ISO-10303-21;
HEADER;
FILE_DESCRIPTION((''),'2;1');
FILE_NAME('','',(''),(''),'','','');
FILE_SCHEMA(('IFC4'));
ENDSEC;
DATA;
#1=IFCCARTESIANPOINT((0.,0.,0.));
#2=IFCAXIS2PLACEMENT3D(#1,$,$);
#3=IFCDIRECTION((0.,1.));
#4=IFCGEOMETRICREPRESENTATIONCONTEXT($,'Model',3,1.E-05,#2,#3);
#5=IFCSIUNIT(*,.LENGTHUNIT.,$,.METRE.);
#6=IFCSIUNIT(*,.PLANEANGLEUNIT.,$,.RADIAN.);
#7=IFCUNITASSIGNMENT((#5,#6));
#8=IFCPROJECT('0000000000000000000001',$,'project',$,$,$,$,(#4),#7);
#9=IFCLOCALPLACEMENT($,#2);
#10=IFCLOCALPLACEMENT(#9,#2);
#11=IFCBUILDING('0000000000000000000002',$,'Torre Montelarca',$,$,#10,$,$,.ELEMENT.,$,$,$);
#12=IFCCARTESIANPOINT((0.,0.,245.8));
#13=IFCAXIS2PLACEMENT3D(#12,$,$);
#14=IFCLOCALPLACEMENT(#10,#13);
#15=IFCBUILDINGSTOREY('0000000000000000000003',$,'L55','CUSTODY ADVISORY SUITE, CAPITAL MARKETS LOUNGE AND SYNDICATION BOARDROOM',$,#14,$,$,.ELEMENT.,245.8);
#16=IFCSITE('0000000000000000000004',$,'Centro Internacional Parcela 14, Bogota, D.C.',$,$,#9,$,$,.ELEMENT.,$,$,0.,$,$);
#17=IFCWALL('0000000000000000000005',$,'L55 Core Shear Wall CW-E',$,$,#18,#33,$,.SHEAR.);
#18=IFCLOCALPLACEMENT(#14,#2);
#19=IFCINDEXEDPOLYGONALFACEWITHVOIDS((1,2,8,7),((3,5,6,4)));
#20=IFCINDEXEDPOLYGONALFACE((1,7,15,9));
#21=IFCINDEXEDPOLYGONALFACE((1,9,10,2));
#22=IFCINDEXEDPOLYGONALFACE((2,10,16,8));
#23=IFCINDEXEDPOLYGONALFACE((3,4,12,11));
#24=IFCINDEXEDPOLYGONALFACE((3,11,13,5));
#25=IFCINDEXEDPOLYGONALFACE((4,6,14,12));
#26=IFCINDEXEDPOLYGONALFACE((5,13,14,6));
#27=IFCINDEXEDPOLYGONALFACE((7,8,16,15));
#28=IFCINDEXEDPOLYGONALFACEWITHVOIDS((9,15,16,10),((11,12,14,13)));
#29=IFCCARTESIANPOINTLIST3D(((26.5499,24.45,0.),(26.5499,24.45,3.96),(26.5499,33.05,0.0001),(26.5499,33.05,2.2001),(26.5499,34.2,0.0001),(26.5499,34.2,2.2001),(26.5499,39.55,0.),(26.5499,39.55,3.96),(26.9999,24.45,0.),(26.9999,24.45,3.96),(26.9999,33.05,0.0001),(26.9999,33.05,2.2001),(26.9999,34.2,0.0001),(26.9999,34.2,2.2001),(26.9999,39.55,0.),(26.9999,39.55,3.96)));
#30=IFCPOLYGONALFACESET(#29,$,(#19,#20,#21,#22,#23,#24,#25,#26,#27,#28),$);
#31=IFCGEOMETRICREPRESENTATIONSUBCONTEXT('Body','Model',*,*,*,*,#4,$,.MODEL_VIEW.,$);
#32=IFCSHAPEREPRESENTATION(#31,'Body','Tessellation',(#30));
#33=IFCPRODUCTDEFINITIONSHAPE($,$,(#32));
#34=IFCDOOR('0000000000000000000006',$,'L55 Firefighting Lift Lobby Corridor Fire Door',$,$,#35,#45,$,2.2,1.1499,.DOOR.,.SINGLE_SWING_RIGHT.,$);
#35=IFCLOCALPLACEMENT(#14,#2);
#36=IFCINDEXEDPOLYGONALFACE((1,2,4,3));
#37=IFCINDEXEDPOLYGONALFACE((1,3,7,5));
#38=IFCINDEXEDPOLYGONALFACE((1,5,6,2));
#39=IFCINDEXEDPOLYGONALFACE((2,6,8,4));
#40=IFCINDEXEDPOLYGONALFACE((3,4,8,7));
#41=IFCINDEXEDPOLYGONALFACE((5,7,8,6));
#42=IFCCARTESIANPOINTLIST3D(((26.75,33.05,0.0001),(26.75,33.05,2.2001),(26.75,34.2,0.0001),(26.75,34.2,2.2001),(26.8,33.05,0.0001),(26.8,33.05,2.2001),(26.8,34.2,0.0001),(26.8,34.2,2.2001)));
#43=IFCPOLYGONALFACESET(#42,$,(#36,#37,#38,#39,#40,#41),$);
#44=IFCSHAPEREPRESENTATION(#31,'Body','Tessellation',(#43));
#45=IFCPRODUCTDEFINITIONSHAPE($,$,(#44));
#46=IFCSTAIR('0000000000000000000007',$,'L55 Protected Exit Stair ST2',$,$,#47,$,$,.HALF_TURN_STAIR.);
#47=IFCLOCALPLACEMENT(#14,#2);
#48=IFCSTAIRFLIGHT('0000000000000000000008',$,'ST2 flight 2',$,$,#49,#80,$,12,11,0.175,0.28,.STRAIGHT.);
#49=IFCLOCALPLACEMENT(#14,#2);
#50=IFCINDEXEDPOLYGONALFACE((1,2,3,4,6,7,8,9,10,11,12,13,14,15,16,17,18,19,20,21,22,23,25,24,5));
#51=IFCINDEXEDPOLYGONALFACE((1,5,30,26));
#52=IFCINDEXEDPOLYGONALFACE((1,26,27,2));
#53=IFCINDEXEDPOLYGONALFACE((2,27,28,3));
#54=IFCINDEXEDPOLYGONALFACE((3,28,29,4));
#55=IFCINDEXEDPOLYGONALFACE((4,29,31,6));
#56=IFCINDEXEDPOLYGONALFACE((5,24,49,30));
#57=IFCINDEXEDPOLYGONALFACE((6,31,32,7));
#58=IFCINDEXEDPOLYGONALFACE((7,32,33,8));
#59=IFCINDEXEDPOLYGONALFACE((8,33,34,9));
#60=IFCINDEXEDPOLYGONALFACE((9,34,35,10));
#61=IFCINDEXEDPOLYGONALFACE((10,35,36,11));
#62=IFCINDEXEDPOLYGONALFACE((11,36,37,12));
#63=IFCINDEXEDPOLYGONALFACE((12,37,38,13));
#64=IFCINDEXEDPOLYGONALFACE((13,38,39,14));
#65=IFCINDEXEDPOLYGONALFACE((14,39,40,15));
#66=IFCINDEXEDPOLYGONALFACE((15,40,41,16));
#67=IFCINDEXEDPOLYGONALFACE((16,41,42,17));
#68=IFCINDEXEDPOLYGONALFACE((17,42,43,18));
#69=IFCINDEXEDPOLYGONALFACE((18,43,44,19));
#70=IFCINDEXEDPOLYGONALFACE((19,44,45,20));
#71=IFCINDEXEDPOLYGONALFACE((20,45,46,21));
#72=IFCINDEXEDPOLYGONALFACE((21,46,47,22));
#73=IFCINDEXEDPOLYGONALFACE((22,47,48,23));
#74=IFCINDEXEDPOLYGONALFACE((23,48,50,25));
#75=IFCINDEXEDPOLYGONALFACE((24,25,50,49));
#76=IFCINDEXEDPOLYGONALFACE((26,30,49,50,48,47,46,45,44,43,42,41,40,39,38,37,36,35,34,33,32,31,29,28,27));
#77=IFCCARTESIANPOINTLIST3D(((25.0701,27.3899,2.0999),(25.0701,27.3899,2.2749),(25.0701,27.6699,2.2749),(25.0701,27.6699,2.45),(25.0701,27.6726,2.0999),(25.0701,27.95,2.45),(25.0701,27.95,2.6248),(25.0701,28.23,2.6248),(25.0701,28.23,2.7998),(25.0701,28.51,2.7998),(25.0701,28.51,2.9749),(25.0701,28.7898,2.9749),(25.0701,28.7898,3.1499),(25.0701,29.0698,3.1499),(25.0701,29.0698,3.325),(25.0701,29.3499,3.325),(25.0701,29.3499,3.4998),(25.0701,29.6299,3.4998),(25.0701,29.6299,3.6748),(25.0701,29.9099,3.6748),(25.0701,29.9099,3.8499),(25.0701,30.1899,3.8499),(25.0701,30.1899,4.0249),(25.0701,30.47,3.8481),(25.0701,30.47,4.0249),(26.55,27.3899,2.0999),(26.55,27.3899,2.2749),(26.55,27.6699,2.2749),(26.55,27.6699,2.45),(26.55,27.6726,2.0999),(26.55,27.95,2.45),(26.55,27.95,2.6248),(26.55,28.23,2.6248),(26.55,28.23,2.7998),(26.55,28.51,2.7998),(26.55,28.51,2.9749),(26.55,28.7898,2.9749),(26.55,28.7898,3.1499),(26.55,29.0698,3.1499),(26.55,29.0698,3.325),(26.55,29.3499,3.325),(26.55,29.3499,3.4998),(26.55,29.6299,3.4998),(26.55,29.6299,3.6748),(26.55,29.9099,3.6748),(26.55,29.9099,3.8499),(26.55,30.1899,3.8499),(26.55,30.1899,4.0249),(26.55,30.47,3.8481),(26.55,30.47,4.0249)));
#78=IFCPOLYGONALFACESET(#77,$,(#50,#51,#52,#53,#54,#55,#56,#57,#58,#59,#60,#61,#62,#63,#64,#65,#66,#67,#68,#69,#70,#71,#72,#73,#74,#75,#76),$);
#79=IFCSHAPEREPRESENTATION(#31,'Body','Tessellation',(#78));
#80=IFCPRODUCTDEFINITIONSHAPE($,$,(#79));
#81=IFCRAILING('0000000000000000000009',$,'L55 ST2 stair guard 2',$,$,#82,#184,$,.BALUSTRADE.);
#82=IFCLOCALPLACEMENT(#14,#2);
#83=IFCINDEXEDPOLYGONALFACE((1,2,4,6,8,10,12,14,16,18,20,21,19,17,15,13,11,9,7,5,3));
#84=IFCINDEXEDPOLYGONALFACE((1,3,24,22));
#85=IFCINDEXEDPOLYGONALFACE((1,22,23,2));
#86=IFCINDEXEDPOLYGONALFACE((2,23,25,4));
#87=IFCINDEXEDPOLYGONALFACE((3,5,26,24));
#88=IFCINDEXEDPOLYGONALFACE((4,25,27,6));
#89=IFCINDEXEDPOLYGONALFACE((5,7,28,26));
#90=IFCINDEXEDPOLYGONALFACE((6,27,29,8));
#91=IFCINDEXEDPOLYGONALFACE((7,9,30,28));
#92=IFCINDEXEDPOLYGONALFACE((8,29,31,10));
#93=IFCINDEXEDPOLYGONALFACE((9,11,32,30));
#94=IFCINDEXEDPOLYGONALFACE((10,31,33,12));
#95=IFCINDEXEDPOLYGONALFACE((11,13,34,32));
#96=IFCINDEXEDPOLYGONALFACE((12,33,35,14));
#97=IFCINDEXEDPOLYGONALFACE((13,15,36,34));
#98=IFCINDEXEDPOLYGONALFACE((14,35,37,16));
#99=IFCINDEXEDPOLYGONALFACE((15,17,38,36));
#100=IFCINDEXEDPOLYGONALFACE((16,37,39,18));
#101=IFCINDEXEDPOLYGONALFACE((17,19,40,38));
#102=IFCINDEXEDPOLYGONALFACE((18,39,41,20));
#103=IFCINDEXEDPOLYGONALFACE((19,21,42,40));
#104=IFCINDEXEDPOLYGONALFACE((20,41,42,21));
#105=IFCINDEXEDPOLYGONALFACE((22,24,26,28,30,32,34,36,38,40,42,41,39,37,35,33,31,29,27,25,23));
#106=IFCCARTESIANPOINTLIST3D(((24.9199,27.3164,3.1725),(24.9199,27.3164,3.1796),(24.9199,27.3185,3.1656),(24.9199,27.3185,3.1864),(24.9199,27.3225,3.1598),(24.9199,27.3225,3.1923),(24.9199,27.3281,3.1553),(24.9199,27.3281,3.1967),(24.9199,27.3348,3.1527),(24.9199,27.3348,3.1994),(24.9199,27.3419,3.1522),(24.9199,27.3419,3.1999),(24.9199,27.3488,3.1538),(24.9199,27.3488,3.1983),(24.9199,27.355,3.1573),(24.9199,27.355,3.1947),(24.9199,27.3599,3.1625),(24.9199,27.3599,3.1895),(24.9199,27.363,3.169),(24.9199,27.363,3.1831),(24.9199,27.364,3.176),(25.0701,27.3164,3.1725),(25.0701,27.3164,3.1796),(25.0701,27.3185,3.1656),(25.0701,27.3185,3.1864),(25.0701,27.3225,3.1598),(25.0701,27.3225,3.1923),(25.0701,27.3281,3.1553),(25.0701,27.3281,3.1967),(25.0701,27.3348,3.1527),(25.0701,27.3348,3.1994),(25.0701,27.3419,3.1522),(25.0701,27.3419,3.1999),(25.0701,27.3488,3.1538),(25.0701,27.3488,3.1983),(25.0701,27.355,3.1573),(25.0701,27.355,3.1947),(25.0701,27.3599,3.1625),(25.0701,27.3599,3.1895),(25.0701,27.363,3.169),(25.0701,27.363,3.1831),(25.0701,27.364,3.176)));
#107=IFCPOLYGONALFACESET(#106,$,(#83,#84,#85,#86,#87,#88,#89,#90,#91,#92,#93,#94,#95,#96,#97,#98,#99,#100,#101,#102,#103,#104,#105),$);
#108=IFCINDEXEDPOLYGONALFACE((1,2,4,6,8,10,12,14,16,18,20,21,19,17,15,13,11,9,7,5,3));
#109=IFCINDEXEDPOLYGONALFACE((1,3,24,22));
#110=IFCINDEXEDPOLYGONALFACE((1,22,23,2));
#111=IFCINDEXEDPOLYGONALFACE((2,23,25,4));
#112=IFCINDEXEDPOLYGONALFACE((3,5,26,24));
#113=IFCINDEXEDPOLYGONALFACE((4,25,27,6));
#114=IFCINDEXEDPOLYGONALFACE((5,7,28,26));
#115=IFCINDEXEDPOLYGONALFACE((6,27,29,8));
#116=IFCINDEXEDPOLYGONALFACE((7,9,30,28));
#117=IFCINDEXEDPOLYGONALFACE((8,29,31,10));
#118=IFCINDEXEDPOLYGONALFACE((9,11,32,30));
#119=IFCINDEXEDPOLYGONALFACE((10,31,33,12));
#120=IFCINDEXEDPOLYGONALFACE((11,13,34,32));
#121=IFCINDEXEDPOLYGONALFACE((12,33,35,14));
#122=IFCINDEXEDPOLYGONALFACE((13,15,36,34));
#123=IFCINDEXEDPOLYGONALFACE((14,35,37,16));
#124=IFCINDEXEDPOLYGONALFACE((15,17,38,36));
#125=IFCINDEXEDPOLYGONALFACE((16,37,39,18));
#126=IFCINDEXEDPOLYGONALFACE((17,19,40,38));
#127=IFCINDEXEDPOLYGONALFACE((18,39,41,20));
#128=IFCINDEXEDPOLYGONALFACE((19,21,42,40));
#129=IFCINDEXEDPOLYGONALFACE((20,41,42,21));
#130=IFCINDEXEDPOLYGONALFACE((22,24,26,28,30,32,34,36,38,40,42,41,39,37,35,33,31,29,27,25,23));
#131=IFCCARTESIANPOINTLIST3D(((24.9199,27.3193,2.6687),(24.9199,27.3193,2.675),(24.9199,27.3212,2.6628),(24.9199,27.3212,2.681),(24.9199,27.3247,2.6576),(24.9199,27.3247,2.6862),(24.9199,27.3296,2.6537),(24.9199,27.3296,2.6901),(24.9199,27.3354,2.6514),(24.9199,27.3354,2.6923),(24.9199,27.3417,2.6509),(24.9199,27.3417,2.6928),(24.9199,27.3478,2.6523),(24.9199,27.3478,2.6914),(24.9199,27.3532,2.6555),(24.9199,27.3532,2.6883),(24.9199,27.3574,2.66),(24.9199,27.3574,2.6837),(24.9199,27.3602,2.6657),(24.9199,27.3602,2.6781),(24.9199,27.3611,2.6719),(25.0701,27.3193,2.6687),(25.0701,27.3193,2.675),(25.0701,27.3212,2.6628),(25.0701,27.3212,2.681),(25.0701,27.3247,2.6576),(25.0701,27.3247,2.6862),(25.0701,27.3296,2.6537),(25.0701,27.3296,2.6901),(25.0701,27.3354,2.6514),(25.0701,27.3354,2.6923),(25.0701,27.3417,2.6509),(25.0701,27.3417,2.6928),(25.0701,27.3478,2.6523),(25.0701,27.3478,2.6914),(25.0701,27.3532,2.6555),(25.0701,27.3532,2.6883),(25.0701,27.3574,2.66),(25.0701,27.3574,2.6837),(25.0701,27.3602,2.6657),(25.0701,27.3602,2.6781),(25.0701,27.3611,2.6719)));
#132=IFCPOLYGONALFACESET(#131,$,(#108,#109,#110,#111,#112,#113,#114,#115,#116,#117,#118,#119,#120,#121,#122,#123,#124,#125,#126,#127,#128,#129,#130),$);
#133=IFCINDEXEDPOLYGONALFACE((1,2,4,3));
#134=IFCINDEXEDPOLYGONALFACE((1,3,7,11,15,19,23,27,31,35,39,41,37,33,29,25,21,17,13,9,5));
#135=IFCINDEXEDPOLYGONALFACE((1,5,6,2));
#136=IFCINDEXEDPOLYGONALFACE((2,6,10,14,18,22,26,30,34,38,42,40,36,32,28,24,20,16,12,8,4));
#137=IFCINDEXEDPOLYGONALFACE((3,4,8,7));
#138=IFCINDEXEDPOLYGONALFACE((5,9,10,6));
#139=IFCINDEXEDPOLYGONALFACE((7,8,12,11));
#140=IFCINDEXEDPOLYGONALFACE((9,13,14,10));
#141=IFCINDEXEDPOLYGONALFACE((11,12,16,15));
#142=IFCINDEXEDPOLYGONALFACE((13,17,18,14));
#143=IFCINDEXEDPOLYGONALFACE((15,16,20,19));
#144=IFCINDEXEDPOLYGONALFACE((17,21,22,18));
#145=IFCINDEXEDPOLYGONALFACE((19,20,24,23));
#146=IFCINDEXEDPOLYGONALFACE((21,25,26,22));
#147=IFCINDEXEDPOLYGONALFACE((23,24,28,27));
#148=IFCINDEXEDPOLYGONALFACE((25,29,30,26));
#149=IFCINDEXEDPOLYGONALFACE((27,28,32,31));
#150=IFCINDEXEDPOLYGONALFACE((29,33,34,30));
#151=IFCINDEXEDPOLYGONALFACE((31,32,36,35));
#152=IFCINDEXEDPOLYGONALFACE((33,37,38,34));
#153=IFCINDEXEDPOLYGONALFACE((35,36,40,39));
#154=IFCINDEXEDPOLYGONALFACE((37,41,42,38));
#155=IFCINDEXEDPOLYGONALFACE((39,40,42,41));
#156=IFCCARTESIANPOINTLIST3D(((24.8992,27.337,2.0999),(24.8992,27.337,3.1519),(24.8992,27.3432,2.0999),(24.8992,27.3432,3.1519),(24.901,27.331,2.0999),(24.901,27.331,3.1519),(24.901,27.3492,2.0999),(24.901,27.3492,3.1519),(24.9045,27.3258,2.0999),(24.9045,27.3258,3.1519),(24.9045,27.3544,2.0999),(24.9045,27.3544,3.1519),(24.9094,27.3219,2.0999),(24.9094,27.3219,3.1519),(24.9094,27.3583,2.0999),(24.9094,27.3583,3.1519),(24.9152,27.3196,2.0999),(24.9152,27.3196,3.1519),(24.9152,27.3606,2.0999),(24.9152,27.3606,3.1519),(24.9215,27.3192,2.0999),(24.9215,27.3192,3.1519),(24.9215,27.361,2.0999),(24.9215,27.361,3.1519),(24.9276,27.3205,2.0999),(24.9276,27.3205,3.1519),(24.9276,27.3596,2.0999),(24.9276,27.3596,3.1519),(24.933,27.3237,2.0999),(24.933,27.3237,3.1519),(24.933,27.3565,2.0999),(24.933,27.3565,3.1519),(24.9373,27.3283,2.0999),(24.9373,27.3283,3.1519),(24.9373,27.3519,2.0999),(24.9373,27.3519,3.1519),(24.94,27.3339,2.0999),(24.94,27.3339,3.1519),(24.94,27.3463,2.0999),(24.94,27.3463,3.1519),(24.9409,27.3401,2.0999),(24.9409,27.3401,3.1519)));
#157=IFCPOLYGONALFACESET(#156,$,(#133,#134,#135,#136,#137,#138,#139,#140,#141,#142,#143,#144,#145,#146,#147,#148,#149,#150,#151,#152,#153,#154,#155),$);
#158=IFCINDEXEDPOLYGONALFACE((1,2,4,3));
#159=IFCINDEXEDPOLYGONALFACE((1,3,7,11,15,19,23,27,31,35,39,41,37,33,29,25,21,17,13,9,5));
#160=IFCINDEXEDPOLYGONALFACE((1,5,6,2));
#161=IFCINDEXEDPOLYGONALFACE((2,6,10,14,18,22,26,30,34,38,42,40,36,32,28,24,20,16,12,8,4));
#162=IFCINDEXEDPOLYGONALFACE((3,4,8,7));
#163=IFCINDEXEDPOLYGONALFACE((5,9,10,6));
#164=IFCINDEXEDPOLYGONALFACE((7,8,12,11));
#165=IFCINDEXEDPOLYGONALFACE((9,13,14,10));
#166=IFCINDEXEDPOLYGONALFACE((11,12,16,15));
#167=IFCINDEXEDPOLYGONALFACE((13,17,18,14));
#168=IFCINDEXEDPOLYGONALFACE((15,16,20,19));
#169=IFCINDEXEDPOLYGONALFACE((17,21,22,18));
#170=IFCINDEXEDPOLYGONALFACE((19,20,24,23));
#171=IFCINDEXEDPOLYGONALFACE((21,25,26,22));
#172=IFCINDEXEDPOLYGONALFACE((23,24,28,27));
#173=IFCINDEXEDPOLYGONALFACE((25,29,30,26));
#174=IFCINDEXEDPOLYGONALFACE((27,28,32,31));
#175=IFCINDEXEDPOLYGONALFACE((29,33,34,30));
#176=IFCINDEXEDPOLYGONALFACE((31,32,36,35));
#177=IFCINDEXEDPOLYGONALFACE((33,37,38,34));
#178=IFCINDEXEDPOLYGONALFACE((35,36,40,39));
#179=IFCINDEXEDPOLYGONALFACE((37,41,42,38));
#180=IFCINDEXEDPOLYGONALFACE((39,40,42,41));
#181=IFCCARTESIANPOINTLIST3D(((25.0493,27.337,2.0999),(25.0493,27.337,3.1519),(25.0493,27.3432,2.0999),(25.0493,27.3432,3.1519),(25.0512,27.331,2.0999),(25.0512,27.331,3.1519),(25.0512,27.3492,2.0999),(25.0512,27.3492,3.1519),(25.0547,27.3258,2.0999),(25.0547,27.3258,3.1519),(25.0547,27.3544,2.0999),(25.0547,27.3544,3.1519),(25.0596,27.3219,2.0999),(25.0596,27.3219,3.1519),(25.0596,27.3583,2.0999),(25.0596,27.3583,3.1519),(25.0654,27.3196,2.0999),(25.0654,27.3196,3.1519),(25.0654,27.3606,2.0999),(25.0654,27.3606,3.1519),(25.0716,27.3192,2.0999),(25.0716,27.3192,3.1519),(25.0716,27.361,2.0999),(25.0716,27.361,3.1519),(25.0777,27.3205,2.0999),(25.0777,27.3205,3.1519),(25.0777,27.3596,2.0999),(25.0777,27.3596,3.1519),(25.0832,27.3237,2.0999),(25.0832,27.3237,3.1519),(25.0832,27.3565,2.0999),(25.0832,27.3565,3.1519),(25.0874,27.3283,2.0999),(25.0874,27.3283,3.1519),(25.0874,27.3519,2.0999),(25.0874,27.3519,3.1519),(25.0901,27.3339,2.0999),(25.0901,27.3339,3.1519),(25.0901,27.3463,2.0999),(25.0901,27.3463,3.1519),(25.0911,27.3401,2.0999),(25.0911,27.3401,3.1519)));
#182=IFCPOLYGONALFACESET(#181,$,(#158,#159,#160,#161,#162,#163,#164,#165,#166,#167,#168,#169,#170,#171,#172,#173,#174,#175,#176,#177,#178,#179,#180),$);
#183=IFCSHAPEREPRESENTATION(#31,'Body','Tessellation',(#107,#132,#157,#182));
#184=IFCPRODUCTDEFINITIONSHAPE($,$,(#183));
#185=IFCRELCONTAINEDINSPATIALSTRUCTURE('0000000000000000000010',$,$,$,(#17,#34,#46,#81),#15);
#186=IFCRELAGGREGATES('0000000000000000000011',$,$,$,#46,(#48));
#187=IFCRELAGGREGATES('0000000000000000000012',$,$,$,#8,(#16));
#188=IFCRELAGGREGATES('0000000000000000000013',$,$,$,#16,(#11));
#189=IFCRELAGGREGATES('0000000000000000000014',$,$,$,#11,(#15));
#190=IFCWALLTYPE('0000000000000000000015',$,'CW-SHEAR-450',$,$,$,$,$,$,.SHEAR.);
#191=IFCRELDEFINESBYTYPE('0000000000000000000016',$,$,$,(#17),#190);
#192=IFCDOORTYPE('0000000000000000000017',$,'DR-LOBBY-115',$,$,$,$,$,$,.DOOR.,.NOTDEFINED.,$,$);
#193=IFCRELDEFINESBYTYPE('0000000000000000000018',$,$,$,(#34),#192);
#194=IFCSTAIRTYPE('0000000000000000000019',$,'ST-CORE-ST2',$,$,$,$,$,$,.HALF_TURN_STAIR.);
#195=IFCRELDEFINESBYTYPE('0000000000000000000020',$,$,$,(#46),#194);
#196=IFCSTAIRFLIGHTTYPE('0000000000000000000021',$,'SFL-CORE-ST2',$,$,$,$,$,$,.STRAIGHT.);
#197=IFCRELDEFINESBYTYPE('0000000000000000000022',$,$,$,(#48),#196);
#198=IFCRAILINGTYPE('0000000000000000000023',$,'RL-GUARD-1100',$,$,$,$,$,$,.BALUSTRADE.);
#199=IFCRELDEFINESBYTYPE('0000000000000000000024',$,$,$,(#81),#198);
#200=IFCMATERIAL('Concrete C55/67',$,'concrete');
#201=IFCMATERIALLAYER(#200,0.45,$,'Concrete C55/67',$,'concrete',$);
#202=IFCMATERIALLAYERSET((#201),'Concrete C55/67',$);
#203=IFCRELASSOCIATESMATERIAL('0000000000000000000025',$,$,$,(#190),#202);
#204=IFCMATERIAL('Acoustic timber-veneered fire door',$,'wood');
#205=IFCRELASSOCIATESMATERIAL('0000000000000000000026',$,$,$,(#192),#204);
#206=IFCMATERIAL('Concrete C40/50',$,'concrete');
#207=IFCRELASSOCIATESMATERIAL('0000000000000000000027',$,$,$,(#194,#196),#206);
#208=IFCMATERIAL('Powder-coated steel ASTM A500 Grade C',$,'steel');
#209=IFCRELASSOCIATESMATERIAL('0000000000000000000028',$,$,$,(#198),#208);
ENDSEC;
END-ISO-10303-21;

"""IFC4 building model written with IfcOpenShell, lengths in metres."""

from ifc_helpers import new_model, si_unit, direction, frame, frame_2d, origin, origin_2d, place, context, subcontext, project, spatial, polyline, rectangle, circle, outline, extrude, source, transform, mapped, material, layer, layer_set, type_object, element, fill, aggregate, save


model = new_model("IFC4")

# Units and contexts
model_context = context("Model", 3, precision=1e-05, world=origin(), true_north=direction((0.0, 1.0)))
body_context = subcontext(model_context, "Body", "Model", "MODEL_VIEW")
ifc_project = project(units=[si_unit("LENGTHUNIT", "METRE"), si_unit("PLANEANGLEUNIT", "RADIAN")], contexts=[model_context])

# Site, building, storey
site_placement = place(None, origin())
site = spatial("IfcSite", under=ifc_project, at=site_placement, Name="Centro Internacional Parcela 14, Bogota, D.C.", CompositionType="ELEMENT", RefElevation=0.0)
building_placement = place(site_placement, origin())
building = spatial("IfcBuilding", under=site, at=building_placement, Name="Torre Montelarca", CompositionType="ELEMENT")
storey_placement = place(building_placement, frame((0.0, 0.0, 245.8)))
storey = spatial("IfcBuildingStorey", under=building, at=storey_placement, Name="L55", Description="CUSTODY ADVISORY SUITE, CAPITAL MARKETS LOUNGE AND SYNDICATION BOARDROOM", CompositionType="ELEMENT", Elevation=245.8)

# Shared definitions
ifc_material_1 = material(Name="Concrete C55/67", Category="concrete")

# Shared definitions
ifc_material_2 = material(Name="Concrete C40/50", Category="concrete")

# Wall, opening, door
ifc_layer_1 = layer(ifc_material_1, 0.45, Name="Concrete C55/67", Category="concrete")
ifc_layer_set_1 = layer_set([ifc_layer_1], Name="Concrete C55/67")
wall_type_1 = type_object("IfcWallType", Name="CW-SHEAR-450", PredefinedType="SHEAR", material=ifc_layer_set_1)
wall_1_placement = place(storey_placement, frame((26.7749, 24.45, 0.0), z_axis=(0.0, 0.0, 1.0), x_axis=(0.0, 1.0, 0.0)))
wall_1 = element("IfcWall", 1, at=wall_1_placement, inside=storey, type_object=wall_type_1, Name="L55 Core Shear Wall CW-E", PredefinedType="SHEAR", context=body_context, shape_type="SweptSolid", body=[
    extrude(rectangle(XDim=15.1001, YDim=0.45, at=frame_2d((7.55, 0.0))), origin(), (0.0, 0.0, 1.0), 3.96),
])
opening_placement = place(wall_1_placement, frame((8.6001, 0.0, 0.0)))
opening = element("IfcOpeningElement", 2, at=opening_placement, cuts=wall_1, PredefinedType="OPENING", context=body_context, shape_type="SweptSolid", body=[
    extrude(rectangle(XDim=1.1499, YDim=2.2, at=frame_2d((0.575, 1.1001))), frame((0.0, 0.2349, 0.0), z_axis=(0.0, -1.0, 0.0), x_axis=(1.0, 0.0, 0.0)), (0.0, 0.0, 1.0), 0.47),
])
ifc_material_3 = material(Name="Acoustic timber-veneered fire door", Category="wood")
door_type = type_object("IfcDoorType", Name="DR-LOBBY-115", OperationType="NOTDEFINED", PredefinedType="DOOR", material=ifc_material_3)
shared_shape_1 = source(origin(), body_context, "Body", "SweptSolid", [
    extrude(rectangle(XDim=1.1499, YDim=2.2, at=frame_2d((0.575, 1.1001))), frame((0.0, 0.0249, 0.0), z_axis=(0.0, -1.0, 0.0), x_axis=(1.0, 0.0, 0.0)), (0.0, 0.0, 1.0), 0.05),
])
door_placement = place(opening_placement, origin())
door = element("IfcDoor", 3, at=door_placement, inside=storey, type_object=door_type, Name="L55 Firefighting Lift Lobby Corridor Fire Door", OperationType="SINGLE_SWING_RIGHT", OverallHeight=2.2, OverallWidth=1.1499, PredefinedType="DOOR", context=body_context, shape_type="MappedRepresentation", body=[
    mapped(shared_shape_1, transform((0.0, 0.0, 0.0), scale=1.0)),
])
fill(opening, door)

# Stair, stair flight
stair_type = type_object("IfcStairType", Name="ST-CORE-ST2", PredefinedType="HALF_TURN_STAIR", material=ifc_material_2)
stair_placement = place(storey_placement, origin())
stair = element("IfcStair", 4, at=stair_placement, inside=storey, type_object=stair_type, Name="L55 Protected Exit Stair ST2", PredefinedType="HALF_TURN_STAIR")
stair_flight_type = type_object("IfcStairFlightType", Name="SFL-CORE-ST2", PredefinedType="STRAIGHT", material=ifc_material_2)
stair_flight_placement = place(storey_placement, frame((25.8101, 27.3899, 2.0999), z_axis=(0.0, 0.0, 1.0), x_axis=(0.0, 1.0, 0.0)))
stair_flight = element("IfcStairFlight", 5, at=stair_flight_placement, type_object=stair_flight_type, Name="ST2 flight 2", NumberOfRisers=12, NumberOfTreads=11, PredefinedType="STRAIGHT", RiserHeight=0.175, TreadLength=0.28, context=body_context, shape_type="SweptSolid", body=[
    extrude(outline(polyline([(0.0, 0.0), (0.0, 0.175), (0.28, 0.175), (0.28, 0.3501), (0.5601, 0.3501), (0.5601, 0.5249), (0.8401, 0.5249), (0.8401, 0.7), (1.1201, 0.7), (1.1201, 0.875), (1.3999, 0.875), (1.3999, 1.05), (1.6799, 1.05), (1.6799, 1.2251), (1.96, 1.2251), (1.96, 1.3999), (2.24, 1.3999), (2.24, 1.575), (2.52, 1.575), (2.52, 1.75), (2.8, 1.75), (2.8, 1.925), (3.0801, 1.925), (3.0801, 2.1001), (3.0801, 1.7483), (0.2827, 0.0), (0.0, 0.0)])), frame((0.0, 0.74, 0.0), z_axis=(0.0, -1.0, 0.0), x_axis=(1.0, 0.0, 0.0)), (0.0, 0.0, 1.0), 1.48),
])
aggregate(stair, [stair_flight])

# Railing
ifc_material_4 = material(Name="Powder-coated steel ASTM A500 Grade C", Category="steel")
railing_type_1 = type_object("IfcRailingType", Name="RL-GUARD-1100", PredefinedType="BALUSTRADE", material=ifc_material_4)
railing_1_placement = place(storey_placement, frame((24.9199, 27.3401, 2.0999)))
element("IfcRailing", 6, at=railing_1_placement, inside=storey, type_object=railing_type_1, Name="L55 ST2 stair guard 2", PredefinedType="BALUSTRADE", context=body_context, shape_type="SweptSolid", body=[
    extrude(circle(Radius=0.0239, at=origin_2d()), frame((0.0, 0.0, 1.0762), z_axis=(1.0, 0.0, 0.0), x_axis=(0.0, 1.0, 0.0)), (0.0, 0.0, 1.0), 0.1501),
    extrude(circle(Radius=0.021, at=origin_2d()), frame((0.0, 0.0, 0.572), z_axis=(1.0, 0.0, 0.0), x_axis=(0.0, 1.0, 0.0)), (0.0, 0.0, 1.0), 0.1501),
    extrude(circle(Radius=0.021, at=origin_2d()), origin(), (0.0, 0.0, 1.0), 1.052),
    extrude(circle(Radius=0.021, at=origin_2d()), frame((0.1501, 0.0, 0.0)), (0.0, 0.0, 1.0), 1.052),
])

save(model, "model.ifc")
